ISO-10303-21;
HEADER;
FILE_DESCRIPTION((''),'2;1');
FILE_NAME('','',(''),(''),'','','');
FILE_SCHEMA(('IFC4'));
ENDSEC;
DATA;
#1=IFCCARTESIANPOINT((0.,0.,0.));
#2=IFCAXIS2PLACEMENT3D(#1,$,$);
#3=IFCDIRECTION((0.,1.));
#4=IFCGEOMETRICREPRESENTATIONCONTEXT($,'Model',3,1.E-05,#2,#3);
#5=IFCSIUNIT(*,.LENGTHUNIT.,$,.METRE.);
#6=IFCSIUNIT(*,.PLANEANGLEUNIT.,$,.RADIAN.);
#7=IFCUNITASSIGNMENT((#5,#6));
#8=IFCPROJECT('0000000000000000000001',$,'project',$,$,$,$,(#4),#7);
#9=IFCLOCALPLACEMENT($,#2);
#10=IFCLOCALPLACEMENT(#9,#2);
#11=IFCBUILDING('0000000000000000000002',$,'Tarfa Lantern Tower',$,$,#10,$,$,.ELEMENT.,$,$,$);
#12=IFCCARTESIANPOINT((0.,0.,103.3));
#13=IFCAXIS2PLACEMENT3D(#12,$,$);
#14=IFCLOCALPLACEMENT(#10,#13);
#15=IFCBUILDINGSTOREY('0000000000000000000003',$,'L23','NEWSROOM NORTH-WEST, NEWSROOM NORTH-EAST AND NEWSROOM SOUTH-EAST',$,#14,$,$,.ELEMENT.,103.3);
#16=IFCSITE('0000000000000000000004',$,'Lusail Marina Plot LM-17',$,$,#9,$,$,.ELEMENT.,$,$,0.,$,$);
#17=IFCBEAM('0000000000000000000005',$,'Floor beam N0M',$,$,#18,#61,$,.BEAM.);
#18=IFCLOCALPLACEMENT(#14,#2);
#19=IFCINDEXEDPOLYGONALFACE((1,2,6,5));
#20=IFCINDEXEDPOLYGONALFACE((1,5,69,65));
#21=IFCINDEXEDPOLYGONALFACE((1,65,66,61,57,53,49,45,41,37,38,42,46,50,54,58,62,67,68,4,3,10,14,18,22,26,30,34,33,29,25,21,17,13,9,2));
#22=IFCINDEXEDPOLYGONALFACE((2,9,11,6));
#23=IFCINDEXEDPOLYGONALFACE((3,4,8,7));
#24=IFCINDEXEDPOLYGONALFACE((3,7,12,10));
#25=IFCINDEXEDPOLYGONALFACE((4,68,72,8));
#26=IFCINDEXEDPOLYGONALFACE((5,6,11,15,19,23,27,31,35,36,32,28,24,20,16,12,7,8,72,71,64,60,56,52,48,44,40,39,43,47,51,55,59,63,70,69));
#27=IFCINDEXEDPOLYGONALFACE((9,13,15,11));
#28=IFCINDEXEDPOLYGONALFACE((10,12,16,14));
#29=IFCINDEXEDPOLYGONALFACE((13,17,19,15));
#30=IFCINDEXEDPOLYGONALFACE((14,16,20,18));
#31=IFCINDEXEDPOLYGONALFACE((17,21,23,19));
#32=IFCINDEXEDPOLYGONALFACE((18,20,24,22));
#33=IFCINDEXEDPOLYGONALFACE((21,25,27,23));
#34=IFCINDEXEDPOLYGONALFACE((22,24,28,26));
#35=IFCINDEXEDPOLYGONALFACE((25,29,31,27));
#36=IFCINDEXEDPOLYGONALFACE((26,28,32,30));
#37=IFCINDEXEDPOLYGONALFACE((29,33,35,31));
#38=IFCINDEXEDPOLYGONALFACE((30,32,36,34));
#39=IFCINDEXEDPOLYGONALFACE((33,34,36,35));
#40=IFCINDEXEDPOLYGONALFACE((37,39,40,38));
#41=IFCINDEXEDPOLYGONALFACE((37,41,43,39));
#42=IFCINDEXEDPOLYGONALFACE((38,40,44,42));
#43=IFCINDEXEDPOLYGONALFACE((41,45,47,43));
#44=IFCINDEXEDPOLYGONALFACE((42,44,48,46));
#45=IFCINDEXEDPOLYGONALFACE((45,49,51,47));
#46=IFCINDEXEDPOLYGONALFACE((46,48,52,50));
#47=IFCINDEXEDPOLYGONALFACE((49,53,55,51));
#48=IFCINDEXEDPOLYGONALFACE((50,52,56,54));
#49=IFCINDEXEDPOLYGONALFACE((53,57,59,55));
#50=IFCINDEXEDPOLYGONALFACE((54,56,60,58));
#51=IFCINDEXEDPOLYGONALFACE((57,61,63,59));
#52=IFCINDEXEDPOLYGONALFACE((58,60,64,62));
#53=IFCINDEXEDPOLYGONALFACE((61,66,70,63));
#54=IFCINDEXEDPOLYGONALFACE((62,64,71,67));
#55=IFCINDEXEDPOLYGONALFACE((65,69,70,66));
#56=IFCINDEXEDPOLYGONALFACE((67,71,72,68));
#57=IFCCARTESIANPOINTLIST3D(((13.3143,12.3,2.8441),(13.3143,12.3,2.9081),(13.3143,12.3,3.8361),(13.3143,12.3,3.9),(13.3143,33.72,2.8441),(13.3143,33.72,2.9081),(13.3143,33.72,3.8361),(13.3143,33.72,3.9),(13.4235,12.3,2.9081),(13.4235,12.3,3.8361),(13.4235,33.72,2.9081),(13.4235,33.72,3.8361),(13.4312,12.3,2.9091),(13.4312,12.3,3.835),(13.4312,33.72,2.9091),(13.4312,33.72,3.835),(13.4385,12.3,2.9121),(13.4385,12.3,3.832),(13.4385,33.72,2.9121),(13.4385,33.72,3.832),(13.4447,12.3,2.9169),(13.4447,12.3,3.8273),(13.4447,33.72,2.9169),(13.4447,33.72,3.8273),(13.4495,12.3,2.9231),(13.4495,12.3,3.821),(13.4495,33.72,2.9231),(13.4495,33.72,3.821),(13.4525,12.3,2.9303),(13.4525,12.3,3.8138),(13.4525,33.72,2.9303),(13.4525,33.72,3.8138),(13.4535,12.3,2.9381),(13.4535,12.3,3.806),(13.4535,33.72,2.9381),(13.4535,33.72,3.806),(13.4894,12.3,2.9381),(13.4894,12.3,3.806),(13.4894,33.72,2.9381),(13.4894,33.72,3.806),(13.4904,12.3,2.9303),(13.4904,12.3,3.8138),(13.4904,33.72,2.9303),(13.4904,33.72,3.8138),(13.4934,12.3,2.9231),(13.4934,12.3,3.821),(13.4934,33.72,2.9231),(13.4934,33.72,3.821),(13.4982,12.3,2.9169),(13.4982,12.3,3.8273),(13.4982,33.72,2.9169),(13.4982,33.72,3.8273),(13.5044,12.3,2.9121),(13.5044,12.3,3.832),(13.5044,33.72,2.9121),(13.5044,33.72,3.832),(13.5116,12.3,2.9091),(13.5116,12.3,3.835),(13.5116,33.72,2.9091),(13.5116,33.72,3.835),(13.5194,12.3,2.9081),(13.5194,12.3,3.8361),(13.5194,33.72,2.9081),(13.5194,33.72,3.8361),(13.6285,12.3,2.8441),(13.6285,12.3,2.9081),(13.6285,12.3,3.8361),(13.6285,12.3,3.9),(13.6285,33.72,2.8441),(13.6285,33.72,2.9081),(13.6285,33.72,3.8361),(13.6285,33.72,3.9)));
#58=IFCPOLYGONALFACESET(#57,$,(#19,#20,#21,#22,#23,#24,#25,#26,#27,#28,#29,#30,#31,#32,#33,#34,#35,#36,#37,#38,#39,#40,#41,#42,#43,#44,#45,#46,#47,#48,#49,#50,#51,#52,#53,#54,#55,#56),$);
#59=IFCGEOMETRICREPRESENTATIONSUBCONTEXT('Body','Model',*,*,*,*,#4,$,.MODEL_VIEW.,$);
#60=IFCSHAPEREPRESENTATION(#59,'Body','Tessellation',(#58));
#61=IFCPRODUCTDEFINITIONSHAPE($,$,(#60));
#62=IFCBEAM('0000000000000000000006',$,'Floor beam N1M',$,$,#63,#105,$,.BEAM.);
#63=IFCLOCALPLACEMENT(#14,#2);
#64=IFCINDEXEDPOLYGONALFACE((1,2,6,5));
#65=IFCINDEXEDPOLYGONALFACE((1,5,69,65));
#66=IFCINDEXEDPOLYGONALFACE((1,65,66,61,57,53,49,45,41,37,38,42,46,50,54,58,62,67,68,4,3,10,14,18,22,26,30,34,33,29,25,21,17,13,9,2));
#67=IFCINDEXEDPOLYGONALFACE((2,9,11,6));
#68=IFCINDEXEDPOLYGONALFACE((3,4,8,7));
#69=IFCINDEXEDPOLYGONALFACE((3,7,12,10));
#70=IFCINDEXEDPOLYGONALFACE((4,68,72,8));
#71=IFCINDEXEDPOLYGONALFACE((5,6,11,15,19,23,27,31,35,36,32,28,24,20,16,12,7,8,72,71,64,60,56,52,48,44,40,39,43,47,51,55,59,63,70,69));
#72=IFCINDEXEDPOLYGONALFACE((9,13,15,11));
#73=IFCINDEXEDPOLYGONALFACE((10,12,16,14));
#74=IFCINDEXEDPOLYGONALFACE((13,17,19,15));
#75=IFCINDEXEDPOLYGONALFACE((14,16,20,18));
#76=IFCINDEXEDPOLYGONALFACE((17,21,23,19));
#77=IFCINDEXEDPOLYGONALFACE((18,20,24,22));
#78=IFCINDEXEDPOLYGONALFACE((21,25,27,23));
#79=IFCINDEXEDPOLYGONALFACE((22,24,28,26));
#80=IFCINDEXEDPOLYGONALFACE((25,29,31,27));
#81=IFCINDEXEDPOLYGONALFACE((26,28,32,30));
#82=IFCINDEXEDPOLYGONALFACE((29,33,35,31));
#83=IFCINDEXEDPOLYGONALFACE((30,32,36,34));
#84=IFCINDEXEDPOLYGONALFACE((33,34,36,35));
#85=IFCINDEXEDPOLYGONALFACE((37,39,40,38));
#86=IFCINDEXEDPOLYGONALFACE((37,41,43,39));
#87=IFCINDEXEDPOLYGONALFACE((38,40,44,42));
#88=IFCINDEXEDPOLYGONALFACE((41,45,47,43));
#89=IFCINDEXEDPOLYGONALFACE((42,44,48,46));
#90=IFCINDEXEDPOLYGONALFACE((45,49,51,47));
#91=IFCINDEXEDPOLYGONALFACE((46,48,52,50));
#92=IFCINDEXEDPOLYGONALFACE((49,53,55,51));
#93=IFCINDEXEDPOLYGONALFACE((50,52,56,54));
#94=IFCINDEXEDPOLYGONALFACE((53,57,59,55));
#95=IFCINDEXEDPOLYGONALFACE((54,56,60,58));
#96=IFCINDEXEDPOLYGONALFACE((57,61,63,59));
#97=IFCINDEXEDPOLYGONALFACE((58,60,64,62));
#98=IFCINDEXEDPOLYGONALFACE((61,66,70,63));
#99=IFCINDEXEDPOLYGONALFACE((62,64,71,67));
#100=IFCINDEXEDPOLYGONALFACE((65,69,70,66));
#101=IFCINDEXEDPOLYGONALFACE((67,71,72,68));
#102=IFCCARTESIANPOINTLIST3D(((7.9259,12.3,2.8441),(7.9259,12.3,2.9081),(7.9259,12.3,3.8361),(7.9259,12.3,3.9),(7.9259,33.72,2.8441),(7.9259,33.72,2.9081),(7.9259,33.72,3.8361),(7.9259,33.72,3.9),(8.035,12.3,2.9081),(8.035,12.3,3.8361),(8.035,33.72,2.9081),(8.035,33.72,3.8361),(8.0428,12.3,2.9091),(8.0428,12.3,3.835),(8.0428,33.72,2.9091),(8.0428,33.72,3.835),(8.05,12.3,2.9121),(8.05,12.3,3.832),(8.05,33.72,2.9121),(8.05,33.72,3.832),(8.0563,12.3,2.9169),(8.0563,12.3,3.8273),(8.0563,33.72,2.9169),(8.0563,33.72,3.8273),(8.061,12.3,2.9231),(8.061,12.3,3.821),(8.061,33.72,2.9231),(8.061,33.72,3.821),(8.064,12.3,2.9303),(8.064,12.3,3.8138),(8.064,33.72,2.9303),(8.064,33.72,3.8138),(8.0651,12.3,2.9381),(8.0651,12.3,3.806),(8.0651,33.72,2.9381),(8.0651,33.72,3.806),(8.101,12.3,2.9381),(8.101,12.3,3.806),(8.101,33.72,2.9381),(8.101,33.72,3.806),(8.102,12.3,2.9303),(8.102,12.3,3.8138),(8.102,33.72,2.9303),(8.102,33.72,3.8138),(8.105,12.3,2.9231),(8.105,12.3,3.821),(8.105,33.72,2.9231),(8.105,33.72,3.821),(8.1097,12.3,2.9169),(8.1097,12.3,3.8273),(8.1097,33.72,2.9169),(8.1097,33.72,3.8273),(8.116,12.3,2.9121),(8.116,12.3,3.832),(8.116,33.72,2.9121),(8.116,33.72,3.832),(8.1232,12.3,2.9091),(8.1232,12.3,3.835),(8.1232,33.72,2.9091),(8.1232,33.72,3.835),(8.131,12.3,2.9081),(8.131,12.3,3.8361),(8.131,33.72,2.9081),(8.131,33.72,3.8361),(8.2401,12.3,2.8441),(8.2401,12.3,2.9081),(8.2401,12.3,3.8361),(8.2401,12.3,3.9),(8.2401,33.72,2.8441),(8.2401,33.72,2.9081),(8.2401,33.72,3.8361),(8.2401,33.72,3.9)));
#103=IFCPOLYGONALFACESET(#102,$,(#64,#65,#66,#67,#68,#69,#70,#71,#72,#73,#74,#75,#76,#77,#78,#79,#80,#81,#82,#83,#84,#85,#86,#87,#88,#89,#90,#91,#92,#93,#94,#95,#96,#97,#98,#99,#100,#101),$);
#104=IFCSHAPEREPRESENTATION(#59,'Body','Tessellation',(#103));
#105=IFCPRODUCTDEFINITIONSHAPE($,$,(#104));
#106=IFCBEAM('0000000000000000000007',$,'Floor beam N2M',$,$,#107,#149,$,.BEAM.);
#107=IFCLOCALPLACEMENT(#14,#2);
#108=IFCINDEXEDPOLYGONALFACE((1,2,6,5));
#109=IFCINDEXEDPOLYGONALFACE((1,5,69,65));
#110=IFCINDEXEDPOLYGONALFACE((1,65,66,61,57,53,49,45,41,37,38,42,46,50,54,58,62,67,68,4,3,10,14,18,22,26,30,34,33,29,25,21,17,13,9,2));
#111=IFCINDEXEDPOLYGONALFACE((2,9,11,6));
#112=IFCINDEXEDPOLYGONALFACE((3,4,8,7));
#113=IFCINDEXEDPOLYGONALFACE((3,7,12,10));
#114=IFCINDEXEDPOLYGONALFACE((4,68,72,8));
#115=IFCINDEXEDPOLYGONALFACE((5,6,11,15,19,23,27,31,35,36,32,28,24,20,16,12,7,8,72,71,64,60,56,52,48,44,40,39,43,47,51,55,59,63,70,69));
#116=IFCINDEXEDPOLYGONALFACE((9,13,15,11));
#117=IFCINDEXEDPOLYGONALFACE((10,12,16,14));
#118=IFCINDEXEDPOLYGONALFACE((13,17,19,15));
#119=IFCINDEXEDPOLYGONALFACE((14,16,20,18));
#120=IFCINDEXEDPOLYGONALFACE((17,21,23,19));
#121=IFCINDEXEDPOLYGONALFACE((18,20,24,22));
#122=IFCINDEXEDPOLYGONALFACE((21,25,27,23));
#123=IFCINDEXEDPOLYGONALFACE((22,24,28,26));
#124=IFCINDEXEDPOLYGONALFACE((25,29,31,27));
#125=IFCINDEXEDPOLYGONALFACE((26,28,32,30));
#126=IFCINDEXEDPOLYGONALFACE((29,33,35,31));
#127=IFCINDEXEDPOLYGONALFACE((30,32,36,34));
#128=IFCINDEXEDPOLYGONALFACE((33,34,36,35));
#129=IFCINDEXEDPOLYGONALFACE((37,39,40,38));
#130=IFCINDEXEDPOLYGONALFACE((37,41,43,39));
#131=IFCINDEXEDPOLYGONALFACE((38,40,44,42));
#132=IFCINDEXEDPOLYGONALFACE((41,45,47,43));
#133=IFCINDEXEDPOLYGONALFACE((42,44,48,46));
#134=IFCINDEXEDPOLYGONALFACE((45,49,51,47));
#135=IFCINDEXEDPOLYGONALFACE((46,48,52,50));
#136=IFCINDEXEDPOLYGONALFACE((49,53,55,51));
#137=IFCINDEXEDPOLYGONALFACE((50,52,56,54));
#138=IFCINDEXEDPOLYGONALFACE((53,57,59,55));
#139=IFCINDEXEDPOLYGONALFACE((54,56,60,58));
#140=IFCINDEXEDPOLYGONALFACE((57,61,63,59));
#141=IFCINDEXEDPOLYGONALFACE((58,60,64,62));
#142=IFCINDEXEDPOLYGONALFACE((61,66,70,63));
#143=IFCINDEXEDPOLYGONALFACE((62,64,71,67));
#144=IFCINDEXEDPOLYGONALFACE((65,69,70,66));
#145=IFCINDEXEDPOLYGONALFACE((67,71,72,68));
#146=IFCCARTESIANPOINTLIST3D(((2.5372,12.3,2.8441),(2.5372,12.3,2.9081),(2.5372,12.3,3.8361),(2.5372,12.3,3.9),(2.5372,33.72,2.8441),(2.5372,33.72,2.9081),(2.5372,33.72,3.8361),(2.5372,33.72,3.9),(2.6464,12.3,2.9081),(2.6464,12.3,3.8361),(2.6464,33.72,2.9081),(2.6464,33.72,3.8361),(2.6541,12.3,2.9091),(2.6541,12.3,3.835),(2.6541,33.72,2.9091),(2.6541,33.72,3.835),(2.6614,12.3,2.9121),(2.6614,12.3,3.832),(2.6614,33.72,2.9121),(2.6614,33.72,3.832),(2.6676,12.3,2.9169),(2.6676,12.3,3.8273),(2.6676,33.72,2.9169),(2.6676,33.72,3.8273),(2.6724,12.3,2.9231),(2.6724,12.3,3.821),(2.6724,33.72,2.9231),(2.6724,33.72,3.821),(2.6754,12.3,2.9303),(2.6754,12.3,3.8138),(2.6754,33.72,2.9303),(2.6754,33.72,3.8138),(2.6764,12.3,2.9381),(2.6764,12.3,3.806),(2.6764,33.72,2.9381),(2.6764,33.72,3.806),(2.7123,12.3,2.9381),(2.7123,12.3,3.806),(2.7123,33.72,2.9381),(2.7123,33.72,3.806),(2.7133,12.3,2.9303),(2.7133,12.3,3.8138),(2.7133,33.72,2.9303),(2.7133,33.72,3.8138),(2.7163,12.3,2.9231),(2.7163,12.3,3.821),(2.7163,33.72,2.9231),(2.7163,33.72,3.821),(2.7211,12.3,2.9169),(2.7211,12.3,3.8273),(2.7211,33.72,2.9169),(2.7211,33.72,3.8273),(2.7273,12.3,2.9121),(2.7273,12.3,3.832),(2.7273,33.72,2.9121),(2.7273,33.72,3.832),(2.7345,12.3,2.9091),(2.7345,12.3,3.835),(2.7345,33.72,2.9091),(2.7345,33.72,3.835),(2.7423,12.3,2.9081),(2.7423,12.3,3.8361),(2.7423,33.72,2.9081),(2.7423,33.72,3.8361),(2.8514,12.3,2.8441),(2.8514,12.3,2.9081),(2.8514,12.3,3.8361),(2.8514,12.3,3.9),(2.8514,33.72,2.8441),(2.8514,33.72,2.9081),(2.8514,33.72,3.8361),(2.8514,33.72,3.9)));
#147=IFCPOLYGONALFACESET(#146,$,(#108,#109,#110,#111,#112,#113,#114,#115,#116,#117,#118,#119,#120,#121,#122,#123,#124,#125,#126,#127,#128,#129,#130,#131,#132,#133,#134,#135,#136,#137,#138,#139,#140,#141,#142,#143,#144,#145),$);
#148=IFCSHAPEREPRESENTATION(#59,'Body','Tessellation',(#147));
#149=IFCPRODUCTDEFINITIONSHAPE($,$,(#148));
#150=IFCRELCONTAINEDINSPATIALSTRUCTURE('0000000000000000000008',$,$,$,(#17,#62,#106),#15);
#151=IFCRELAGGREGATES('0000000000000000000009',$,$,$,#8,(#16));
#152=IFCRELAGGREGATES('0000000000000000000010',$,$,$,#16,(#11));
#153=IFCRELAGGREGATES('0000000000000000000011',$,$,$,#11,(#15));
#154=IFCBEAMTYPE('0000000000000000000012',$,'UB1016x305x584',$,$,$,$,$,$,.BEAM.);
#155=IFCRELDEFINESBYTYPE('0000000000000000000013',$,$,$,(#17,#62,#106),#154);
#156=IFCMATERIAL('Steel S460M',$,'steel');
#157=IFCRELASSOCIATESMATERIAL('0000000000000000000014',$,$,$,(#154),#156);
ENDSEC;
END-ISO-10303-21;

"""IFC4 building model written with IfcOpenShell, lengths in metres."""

from ifc_helpers import new_model, si_unit, direction, frame, origin, origin_2d, place, context, subcontext, project, spatial, i_section, extrude, material, material_profile, profile_set, type_object, element, save


model = new_model("IFC4")

# Units and contexts
model_context = context("Model", 3, precision=1e-05, world=origin(), true_north=direction((0.0, 1.0)))
body_context = subcontext(model_context, "Body", "Model", "MODEL_VIEW")
ifc_project = project(units=[si_unit("LENGTHUNIT", "METRE"), si_unit("PLANEANGLEUNIT", "RADIAN")], contexts=[model_context])

# Site, building, storey
site_placement = place(None, origin())
site = spatial("IfcSite", under=ifc_project, at=site_placement, Name="Lusail Marina Plot LM-17", CompositionType="ELEMENT", RefElevation=0.0)
building_placement = place(site_placement, origin())
building = spatial("IfcBuilding", under=site, at=building_placement, Name="Tarfa Lantern Tower", CompositionType="ELEMENT")
storey_placement = place(building_placement, frame((0.0, 0.0, 103.3)))
storey = spatial("IfcBuildingStorey", under=building, at=storey_placement, Name="L23", Description="NEWSROOM NORTH-WEST, NEWSROOM NORTH-EAST AND NEWSROOM SOUTH-EAST", CompositionType="ELEMENT", Elevation=103.3)

# Beams
ifc_material_1 = material(Name="Steel S460M", Category="steel")
ifc_material_profile_1 = material_profile(ifc_material_1, i_section(OverallWidth=0.3142, OverallDepth=1.0559, WebThickness=0.0359, FlangeThickness=0.064, FilletRadius=0.03, at=origin_2d()), Name="UB1016x305x584")
ifc_profile_set_1 = profile_set([ifc_material_profile_1], Name="Steel S460M")
beam_type_1 = type_object("IfcBeamType", Name="UB1016x305x584", PredefinedType="BEAM", material=ifc_profile_set_1)
for number, where, z_axis, x_axis, name in (
    (1, (13.4714, 33.72, 3.3721), (0.0, -1.0, 0.0), (1.0, 0.0, 0.0), "Floor beam N0M"),
    (2, (8.083, 33.72, 3.3721), (0.0, -1.0, 0.0), (1.0, 0.0, 0.0), "Floor beam N1M"),
    (3, (2.6943, 33.72, 3.3721), (0.0, -1.0, 0.0), (1.0, 0.0, 0.0), "Floor beam N2M"),
):
    element("IfcBeam", number, at=place(storey_placement, frame(where, z_axis=z_axis, x_axis=x_axis)), inside=storey, type_object=beam_type_1, Name=name, PredefinedType="BEAM", context=body_context, shape_type="SweptSolid", body=[
        extrude(i_section(OverallWidth=0.3142, OverallDepth=1.0559, WebThickness=0.0359, FlangeThickness=0.064, FilletRadius=0.03, at=origin_2d()), origin(), (0.0, 0.0, 1.0), 21.4199),
    ])

save(model, "model.ifc")
